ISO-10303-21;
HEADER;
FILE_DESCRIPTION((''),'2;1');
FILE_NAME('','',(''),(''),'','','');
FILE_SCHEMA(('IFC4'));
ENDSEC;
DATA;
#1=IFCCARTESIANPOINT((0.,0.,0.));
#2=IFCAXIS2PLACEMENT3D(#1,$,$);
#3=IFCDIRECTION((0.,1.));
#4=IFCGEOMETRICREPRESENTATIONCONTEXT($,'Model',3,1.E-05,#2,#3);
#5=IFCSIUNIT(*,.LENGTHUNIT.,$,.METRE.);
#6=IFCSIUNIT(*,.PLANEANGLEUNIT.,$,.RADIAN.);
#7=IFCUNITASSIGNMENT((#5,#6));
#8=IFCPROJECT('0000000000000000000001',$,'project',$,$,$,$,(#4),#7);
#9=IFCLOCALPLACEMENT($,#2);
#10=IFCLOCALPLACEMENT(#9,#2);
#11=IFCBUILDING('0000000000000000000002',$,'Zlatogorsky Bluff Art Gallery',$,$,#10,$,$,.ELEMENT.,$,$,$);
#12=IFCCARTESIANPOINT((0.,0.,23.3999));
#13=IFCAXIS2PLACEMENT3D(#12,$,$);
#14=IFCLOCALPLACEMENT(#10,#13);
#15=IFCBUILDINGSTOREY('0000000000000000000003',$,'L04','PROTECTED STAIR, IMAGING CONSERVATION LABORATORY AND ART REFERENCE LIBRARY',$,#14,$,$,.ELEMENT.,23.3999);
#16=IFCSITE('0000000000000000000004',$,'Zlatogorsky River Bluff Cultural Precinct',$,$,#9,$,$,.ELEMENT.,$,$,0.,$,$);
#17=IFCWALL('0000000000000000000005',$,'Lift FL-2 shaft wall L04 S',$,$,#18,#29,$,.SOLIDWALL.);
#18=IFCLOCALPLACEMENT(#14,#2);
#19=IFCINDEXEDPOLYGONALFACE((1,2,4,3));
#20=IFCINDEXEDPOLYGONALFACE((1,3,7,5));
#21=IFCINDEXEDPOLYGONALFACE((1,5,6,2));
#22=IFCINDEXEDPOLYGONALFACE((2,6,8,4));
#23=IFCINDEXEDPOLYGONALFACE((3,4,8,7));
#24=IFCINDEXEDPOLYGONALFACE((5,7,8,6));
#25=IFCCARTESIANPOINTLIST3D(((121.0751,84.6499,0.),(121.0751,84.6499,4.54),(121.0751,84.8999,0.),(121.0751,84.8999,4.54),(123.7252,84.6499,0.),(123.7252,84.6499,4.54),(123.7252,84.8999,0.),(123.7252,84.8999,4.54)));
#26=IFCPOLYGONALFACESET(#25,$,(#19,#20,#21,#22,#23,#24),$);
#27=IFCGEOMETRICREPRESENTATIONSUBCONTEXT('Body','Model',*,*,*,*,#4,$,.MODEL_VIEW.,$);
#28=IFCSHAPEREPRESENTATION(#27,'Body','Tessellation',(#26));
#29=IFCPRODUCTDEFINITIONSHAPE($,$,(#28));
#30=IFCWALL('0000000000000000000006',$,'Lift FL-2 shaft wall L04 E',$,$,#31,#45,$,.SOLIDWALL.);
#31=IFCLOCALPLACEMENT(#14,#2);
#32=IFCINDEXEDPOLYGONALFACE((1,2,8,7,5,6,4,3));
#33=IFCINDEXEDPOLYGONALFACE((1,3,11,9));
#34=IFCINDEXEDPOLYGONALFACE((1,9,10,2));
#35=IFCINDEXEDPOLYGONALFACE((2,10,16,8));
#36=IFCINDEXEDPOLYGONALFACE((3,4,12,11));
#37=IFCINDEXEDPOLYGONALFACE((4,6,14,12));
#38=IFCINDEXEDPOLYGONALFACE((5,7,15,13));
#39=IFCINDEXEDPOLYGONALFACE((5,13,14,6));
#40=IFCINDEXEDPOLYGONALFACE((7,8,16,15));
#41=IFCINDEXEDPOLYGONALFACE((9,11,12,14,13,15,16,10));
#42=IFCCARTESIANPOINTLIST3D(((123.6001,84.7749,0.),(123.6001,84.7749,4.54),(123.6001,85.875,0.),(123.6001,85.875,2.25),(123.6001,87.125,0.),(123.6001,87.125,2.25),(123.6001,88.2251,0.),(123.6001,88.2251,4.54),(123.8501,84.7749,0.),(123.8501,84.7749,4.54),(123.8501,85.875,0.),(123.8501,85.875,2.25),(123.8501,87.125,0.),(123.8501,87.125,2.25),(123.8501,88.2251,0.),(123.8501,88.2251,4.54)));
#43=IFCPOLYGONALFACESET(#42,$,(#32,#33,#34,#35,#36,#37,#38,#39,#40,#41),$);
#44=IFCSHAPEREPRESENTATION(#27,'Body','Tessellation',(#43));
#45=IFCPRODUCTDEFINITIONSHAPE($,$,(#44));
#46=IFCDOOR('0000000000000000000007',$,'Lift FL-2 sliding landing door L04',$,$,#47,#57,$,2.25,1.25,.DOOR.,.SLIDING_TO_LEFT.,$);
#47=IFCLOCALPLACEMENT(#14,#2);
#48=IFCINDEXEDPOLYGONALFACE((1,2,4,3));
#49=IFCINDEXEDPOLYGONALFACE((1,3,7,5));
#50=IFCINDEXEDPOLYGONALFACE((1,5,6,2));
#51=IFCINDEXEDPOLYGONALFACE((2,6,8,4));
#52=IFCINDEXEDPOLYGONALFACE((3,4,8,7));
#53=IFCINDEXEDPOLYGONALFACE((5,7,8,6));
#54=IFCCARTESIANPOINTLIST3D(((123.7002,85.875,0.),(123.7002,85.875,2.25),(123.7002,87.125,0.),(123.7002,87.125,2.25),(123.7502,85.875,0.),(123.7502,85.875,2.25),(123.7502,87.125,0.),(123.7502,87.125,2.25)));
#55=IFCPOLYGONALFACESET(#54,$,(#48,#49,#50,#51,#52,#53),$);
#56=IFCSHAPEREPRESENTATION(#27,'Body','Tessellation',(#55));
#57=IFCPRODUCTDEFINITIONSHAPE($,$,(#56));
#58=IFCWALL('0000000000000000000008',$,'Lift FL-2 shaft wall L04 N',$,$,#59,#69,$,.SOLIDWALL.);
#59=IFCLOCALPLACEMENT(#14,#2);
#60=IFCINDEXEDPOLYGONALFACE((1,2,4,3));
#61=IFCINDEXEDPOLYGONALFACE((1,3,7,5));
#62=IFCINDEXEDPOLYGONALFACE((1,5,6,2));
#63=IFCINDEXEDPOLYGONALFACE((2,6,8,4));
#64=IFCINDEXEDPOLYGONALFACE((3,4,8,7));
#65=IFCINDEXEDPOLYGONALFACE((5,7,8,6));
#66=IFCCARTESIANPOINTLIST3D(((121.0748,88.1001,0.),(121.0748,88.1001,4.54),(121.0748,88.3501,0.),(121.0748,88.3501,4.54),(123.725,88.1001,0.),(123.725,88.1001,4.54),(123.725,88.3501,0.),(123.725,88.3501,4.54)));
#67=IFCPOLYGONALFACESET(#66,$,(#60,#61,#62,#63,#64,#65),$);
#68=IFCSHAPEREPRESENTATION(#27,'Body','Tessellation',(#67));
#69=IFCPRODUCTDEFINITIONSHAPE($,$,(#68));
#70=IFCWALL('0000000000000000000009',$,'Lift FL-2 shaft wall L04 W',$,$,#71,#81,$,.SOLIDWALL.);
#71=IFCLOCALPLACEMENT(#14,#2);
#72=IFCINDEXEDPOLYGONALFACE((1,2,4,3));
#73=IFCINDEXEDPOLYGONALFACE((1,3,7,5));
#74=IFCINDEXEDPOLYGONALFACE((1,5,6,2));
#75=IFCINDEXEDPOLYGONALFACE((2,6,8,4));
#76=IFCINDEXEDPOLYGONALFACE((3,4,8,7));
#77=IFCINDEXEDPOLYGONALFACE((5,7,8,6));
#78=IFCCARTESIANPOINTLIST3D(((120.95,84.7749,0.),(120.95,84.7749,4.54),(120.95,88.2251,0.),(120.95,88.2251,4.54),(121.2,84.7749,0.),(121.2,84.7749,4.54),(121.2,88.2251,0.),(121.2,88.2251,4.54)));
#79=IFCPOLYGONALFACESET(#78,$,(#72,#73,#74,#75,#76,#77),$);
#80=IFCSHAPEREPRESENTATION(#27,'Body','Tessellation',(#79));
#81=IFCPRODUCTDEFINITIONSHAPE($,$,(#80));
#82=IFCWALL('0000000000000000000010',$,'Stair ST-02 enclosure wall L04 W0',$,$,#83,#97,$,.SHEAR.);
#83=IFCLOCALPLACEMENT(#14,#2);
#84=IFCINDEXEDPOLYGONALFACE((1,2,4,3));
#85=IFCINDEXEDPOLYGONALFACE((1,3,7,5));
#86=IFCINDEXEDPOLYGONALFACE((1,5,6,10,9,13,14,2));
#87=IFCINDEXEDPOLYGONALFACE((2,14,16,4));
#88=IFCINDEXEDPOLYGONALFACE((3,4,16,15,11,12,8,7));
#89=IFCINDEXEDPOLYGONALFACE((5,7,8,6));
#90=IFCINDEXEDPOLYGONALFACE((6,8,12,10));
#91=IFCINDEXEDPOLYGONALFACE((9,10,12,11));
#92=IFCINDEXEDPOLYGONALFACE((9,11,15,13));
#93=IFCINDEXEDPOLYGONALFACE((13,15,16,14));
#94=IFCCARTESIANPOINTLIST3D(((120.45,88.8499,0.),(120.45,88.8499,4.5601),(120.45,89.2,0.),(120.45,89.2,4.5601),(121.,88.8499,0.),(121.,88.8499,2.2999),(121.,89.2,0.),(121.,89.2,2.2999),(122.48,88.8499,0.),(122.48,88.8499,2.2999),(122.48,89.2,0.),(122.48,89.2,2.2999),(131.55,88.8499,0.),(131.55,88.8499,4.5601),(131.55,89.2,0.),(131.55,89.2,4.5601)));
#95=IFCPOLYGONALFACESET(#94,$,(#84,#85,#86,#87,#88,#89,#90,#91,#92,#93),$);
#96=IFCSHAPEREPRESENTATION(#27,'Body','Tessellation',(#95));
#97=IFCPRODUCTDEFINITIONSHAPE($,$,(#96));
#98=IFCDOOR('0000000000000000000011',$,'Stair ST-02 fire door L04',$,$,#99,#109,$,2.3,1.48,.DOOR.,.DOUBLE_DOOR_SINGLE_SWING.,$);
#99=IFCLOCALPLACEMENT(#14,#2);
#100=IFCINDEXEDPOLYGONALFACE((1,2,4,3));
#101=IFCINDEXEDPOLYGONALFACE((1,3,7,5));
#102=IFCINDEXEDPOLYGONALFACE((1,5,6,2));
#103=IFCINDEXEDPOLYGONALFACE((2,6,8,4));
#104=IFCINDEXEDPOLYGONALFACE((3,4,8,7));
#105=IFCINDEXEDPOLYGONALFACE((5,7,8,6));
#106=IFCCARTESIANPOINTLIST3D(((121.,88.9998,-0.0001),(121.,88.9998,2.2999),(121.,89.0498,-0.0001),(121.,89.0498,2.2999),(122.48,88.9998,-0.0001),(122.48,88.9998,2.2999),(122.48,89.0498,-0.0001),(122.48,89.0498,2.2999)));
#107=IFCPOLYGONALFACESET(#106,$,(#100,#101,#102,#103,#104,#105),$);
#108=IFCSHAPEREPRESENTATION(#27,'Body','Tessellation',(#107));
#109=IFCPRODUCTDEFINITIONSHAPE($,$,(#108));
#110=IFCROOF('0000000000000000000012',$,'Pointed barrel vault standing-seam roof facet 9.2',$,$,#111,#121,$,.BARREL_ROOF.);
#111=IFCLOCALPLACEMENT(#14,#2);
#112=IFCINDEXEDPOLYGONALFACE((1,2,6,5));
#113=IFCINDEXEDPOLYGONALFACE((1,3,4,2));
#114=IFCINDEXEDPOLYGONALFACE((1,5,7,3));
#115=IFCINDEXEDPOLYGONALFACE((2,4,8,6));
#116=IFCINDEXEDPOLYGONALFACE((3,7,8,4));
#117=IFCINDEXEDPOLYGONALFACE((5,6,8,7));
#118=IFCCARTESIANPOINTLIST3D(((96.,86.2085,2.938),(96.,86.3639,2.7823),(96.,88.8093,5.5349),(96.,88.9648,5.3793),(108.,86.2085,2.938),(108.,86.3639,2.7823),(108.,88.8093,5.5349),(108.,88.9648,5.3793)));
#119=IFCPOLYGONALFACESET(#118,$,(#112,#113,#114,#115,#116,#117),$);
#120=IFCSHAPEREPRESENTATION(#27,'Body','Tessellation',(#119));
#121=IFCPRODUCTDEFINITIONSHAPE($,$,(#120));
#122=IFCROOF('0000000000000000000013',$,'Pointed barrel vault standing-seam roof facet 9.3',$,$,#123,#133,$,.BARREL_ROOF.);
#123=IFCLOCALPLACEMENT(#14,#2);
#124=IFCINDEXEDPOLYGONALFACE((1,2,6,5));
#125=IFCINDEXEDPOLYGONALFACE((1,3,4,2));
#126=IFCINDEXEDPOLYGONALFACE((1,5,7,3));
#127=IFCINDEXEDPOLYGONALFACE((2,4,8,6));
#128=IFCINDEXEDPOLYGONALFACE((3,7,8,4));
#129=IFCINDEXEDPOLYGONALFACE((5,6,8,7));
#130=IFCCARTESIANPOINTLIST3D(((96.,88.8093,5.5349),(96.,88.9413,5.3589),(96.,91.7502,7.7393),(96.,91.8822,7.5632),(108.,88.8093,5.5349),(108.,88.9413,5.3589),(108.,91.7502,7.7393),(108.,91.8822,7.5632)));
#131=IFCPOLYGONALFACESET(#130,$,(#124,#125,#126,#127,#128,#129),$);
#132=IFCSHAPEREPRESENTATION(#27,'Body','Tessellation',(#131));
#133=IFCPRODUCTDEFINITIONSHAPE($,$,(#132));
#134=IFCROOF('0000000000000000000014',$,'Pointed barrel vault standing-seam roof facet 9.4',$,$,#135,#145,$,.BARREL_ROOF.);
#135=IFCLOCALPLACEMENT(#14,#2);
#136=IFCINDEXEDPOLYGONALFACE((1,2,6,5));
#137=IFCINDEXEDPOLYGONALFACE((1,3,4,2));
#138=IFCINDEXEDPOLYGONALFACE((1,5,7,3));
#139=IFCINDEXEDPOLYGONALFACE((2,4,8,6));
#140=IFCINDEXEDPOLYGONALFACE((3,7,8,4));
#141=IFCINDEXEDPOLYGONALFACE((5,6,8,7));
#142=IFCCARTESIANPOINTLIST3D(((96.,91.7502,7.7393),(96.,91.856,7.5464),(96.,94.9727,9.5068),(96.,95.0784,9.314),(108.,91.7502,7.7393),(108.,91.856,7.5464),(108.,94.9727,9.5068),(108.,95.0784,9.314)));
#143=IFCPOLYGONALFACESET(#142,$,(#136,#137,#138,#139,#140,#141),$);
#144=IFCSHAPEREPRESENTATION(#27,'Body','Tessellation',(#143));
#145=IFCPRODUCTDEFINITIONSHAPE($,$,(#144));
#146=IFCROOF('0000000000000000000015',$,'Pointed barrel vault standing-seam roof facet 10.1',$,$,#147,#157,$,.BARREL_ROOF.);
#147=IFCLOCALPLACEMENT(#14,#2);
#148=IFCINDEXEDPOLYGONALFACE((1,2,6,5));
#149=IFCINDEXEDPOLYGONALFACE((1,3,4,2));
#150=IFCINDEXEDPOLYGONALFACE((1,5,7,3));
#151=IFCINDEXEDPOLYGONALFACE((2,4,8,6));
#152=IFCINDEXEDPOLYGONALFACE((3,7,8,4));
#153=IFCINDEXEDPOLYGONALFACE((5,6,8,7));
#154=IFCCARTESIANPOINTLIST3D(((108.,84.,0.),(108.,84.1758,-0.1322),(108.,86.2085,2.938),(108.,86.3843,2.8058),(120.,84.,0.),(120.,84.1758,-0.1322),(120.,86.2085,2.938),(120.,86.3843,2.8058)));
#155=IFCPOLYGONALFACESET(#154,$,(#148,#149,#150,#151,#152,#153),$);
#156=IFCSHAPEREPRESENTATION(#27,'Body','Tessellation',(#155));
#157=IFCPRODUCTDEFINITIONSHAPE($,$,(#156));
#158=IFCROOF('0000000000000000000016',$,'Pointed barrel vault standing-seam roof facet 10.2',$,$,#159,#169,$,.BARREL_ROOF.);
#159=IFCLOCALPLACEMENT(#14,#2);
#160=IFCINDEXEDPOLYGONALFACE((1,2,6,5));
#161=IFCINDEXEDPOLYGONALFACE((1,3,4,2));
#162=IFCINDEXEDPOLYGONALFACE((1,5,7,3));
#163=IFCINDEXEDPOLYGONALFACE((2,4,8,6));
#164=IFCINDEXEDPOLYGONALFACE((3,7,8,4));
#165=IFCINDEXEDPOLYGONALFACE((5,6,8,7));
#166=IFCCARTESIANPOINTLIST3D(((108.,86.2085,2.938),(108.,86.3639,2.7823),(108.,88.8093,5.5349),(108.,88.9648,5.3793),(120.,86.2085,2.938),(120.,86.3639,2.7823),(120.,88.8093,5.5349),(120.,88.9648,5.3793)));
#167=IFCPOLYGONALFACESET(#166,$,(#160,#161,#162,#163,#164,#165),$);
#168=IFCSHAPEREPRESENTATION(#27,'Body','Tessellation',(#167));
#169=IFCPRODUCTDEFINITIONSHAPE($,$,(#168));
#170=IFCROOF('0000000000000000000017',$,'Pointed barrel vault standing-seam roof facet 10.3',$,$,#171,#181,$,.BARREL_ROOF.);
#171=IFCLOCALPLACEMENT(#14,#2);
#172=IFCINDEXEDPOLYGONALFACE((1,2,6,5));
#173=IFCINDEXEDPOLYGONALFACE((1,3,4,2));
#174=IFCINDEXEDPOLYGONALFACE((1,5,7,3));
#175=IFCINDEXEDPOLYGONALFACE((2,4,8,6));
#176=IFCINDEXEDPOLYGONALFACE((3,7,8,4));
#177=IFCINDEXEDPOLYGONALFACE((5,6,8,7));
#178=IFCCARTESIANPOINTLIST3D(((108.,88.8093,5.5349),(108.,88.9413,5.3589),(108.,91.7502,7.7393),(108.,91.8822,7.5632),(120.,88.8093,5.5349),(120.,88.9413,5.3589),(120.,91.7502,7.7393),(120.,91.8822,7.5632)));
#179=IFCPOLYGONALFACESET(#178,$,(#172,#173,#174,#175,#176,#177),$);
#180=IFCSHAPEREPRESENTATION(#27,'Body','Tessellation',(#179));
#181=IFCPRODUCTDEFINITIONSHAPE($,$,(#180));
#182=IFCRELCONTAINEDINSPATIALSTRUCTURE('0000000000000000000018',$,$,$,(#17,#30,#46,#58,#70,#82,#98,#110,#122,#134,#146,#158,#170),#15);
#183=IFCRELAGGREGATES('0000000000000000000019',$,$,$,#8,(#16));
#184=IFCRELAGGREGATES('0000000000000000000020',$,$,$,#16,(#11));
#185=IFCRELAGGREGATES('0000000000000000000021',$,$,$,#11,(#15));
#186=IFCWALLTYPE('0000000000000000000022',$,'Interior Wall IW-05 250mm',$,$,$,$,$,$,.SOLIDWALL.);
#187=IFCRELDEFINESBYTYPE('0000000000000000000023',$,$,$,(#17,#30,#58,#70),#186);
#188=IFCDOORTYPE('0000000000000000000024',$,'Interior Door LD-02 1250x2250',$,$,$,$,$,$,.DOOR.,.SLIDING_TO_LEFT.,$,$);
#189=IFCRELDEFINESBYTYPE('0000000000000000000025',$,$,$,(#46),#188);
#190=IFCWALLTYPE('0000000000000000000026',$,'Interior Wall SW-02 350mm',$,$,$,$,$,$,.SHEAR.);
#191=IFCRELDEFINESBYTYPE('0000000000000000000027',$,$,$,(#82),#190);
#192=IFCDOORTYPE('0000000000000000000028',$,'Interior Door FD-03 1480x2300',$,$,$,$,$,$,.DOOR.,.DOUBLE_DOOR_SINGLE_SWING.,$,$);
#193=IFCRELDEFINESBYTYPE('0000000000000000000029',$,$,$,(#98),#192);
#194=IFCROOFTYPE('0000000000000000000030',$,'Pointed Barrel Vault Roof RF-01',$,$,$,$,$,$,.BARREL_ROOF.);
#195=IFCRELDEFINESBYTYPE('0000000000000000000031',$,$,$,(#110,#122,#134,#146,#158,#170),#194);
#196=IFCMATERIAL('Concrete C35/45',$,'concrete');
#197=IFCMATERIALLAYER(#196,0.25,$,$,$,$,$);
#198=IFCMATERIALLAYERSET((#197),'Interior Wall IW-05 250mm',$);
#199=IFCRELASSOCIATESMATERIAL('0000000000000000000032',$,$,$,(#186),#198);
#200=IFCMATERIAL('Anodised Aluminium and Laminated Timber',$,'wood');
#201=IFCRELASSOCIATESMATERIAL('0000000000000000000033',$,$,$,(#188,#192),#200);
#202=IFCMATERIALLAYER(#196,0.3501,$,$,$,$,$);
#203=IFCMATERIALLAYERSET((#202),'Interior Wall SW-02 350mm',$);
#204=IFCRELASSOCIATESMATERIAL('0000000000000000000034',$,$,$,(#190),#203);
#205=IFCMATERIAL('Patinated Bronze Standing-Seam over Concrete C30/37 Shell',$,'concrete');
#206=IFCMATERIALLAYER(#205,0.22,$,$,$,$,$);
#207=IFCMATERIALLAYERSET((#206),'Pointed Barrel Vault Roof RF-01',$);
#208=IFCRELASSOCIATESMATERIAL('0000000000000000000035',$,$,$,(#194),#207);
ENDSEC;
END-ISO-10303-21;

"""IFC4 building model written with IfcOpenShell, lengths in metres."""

from ifc_helpers import new_model, si_unit, direction, frame, frame_2d, origin, place, context, subcontext, project, spatial, polyline, rectangle, outline, extrude, material, layer, layer_set, type_object, element, fill, save


model = new_model("IFC4")

# Units and contexts
model_context = context("Model", 3, precision=1e-05, world=origin(), true_north=direction((0.0, 1.0)))
body_context = subcontext(model_context, "Body", "Model", "MODEL_VIEW")
ifc_project = project(units=[si_unit("LENGTHUNIT", "METRE"), si_unit("PLANEANGLEUNIT", "RADIAN")], contexts=[model_context])

# Site, building, storey
site_placement = place(None, origin())
site = spatial("IfcSite", under=ifc_project, at=site_placement, Name="Zlatogorsky River Bluff Cultural Precinct", CompositionType="ELEMENT", RefElevation=0.0)
building_placement = place(site_placement, origin())
building = spatial("IfcBuilding", under=site, at=building_placement, Name="Zlatogorsky Bluff Art Gallery", CompositionType="ELEMENT")
storey_placement = place(building_placement, frame((0.0, 0.0, 23.3999)))
storey = spatial("IfcBuildingStorey", under=building, at=storey_placement, Name="L04", Description="PROTECTED STAIR, IMAGING CONSERVATION LABORATORY AND ART REFERENCE LIBRARY", CompositionType="ELEMENT", Elevation=23.3999)

# Wall
ifc_material_1 = material(Name="Concrete C35/45", Category="concrete")
ifc_layer_1 = layer(ifc_material_1, 0.25)
ifc_layer_set_1 = layer_set([ifc_layer_1], Name="Interior Wall IW-05 250mm")
wall_type_1 = type_object("IfcWallType", Name="Interior Wall IW-05 250mm", PredefinedType="SOLIDWALL", material=ifc_layer_set_1)
wall_1_placement = place(storey_placement, frame((121.075, 84.7749, 0.0), z_axis=(0.0, 0.0, 1.0), x_axis=(1.0, 0.0, 0.0)))
element("IfcWall", 1, at=wall_1_placement, inside=storey, type_object=wall_type_1, Name="Lift FL-2 shaft wall L04 S", PredefinedType="SOLIDWALL", context=body_context, shape_type="SweptSolid", body=[
    extrude(rectangle(XDim=2.6501, YDim=0.25, at=frame_2d((1.3252, 0.0))), origin(), (0.0, 0.0, 1.0), 4.54),
])

# Wall, opening, door
wall_2_placement = place(storey_placement, frame((123.7251, 84.7749, 0.0), z_axis=(0.0, 0.0, 1.0), x_axis=(0.0, 1.0, 0.0)))
wall_2 = element("IfcWall", 2, at=wall_2_placement, inside=storey, type_object=wall_type_1, Name="Lift FL-2 shaft wall L04 E", PredefinedType="SOLIDWALL", context=body_context, shape_type="SweptSolid", body=[
    extrude(rectangle(XDim=3.4502, YDim=0.25, at=frame_2d((1.7251, 0.0))), origin(), (0.0, 0.0, 1.0), 4.54),
])
opening_1_placement = place(wall_2_placement, frame((1.1001, 0.0, 0.0)))
opening_1 = element("IfcOpeningElement", 3, at=opening_1_placement, cuts=wall_2, PredefinedType="OPENING", context=body_context, shape_type="SweptSolid", body=[
    extrude(rectangle(XDim=1.25, YDim=2.25, at=frame_2d((0.625, 1.125))), frame((0.0, 0.135, 0.0), z_axis=(0.0, -1.0, 0.0), x_axis=(1.0, 0.0, 0.0)), (0.0, 0.0, 1.0), 0.27),
])
ifc_material_2 = material(Name="Anodised Aluminium and Laminated Timber", Category="wood")
door_type_1 = type_object("IfcDoorType", Name="Interior Door LD-02 1250x2250", OperationType="SLIDING_TO_LEFT", PredefinedType="DOOR", material=ifc_material_2)
door_1_placement = place(opening_1_placement, origin())
door_1 = element("IfcDoor", 4, at=door_1_placement, inside=storey, type_object=door_type_1, Name="Lift FL-2 sliding landing door L04", OperationType="SLIDING_TO_LEFT", OverallHeight=2.25, OverallWidth=1.25, PredefinedType="DOOR", context=body_context, shape_type="SweptSolid", body=[
    extrude(rectangle(XDim=1.25, YDim=2.25, at=frame_2d((0.625, 1.125))), frame((0.0, 0.0249, 0.0), z_axis=(0.0, -1.0, 0.0), x_axis=(1.0, 0.0, 0.0)), (0.0, 0.0, 1.0), 0.05),
])
fill(opening_1, door_1)

# Walls
wall_3_placement = place(storey_placement, frame((123.7251, 88.2251, 0.0), z_axis=(0.0, 0.0, 1.0), x_axis=(-1.0, 0.0, 0.0)))
element("IfcWall", 5, at=wall_3_placement, inside=storey, type_object=wall_type_1, Name="Lift FL-2 shaft wall L04 N", PredefinedType="SOLIDWALL", context=body_context, shape_type="SweptSolid", body=[
    extrude(rectangle(XDim=2.6501, YDim=0.25, at=frame_2d((1.3252, 0.0))), origin(), (0.0, 0.0, 1.0), 4.54),
])
wall_4_placement = place(storey_placement, frame((121.075, 88.2251, 0.0), z_axis=(0.0, 0.0, 1.0), x_axis=(0.0, -1.0, 0.0)))
element("IfcWall", 6, at=wall_4_placement, inside=storey, type_object=wall_type_1, Name="Lift FL-2 shaft wall L04 W", PredefinedType="SOLIDWALL", context=body_context, shape_type="SweptSolid", body=[
    extrude(rectangle(XDim=3.4502, YDim=0.25, at=frame_2d((1.7251, 0.0))), origin(), (0.0, 0.0, 1.0), 4.54),
])

# Wall, opening, door
ifc_layer_2 = layer(ifc_material_1, 0.3501)
ifc_layer_set_2 = layer_set([ifc_layer_2], Name="Interior Wall SW-02 350mm")
wall_type_2 = type_object("IfcWallType", Name="Interior Wall SW-02 350mm", PredefinedType="SHEAR", material=ifc_layer_set_2)
wall_5_placement = place(storey_placement, frame((120.45, 89.0249, 0.0), z_axis=(0.0, 0.0, 1.0), x_axis=(1.0, 0.0, 0.0)))
wall_5 = element("IfcWall", 7, at=wall_5_placement, inside=storey, type_object=wall_type_2, Name="Stair ST-02 enclosure wall L04 W0", PredefinedType="SHEAR", context=body_context, shape_type="SweptSolid", body=[
    extrude(rectangle(XDim=11.1001, YDim=0.3501, at=frame_2d((5.55, 0.0))), origin(), (0.0, 0.0, 1.0), 4.5601),
])
opening_2_placement = place(wall_5_placement, frame((0.55, 0.0, 0.0)))
opening_2 = element("IfcOpeningElement", 8, at=opening_2_placement, cuts=wall_5, PredefinedType="OPENING", context=body_context, shape_type="SweptSolid", body=[
    extrude(rectangle(XDim=1.48, YDim=2.3, at=frame_2d((0.74, 1.1499))), frame((0.0, 0.1851, 0.0), z_axis=(0.0, -1.0, 0.0), x_axis=(1.0, 0.0, 0.0)), (0.0, 0.0, 1.0), 0.3701),
])
door_type_2 = type_object("IfcDoorType", Name="Interior Door FD-03 1480x2300", OperationType="DOUBLE_DOOR_SINGLE_SWING", PredefinedType="DOOR", material=ifc_material_2)
door_2_placement = place(opening_2_placement, origin())
door_2 = element("IfcDoor", 9, at=door_2_placement, inside=storey, type_object=door_type_2, Name="Stair ST-02 fire door L04", OperationType="DOUBLE_DOOR_SINGLE_SWING", OverallHeight=2.3, OverallWidth=1.48, PredefinedType="DOOR", context=body_context, shape_type="SweptSolid", body=[
    extrude(rectangle(XDim=1.48, YDim=2.3, at=frame_2d((0.74, 1.1499))), frame((0.0, 0.0249, 0.0), z_axis=(0.0, -1.0, 0.0), x_axis=(1.0, 0.0, 0.0)), (0.0, 0.0, 1.0), 0.05),
])
fill(opening_2, door_2)

# Roofs
ifc_material_3 = material(Name="Patinated Bronze Standing-Seam over Concrete C30/37 Shell", Category="concrete")
ifc_layer_3 = layer(ifc_material_3, 0.22)
ifc_layer_set_3 = layer_set([ifc_layer_3], Name="Pointed Barrel Vault Roof RF-01")
roof_type = type_object("IfcRoofType", Name="Pointed Barrel Vault Roof RF-01", PredefinedType="BARREL_ROOF", material=ifc_layer_set_3)
roof_1_placement = place(storey_placement, frame((96.0, 86.2085, 2.938), z_axis=(0.0, -0.706575, 0.707638), x_axis=(1.0, 0.0, 0.0)))
element("IfcRoof", 10, at=roof_1_placement, inside=storey, type_object=roof_type, Name="Pointed barrel vault standing-seam roof facet 9.2", PredefinedType="BARREL_ROOF", context=body_context, shape_type="SweptSolid", body=[
    extrude(outline(polyline([(0.0, 0.0), (12.0, 0.0), (12.0, 3.6754), (0.0, 3.6754), (0.0, 0.0)])), origin(), (0.0, 0.0, -1.0), 0.22),
])
roof_2_placement = place(storey_placement, frame((96.0, 88.8093, 5.5349), z_axis=(0.0, -0.599766, 0.800175), x_axis=(1.0, 0.0, 0.0)))
element("IfcRoof", 11, at=roof_2_placement, inside=storey, type_object=roof_type, Name="Pointed barrel vault standing-seam roof facet 9.3", PredefinedType="BARREL_ROOF", context=body_context, shape_type="SweptSolid", body=[
    extrude(outline(polyline([(0.0, 0.0), (12.0, 0.0), (12.0, 3.6753), (0.0, 3.6753), (0.0, 0.0)])), origin(), (0.0, 0.0, -1.0), 0.22),
])
roof_3_placement = place(storey_placement, frame((96.0, 91.7502, 7.7393), z_axis=(0.0, -0.480927, 0.876761), x_axis=(1.0, 0.0, 0.0)))
element("IfcRoof", 12, at=roof_3_placement, inside=storey, type_object=roof_type, Name="Pointed barrel vault standing-seam roof facet 9.4", PredefinedType="BARREL_ROOF", context=body_context, shape_type="SweptSolid", body=[
    extrude(outline(polyline([(0.0, 0.0), (12.0, 0.0), (12.0, 3.6754), (0.0, 3.6754), (0.0, 0.0)])), origin(), (0.0, 0.0, -1.0), 0.22),
])
roof_4_placement = place(storey_placement, frame((108.0, 84.0, 0.0), z_axis=(0.0, -0.799346, 0.600871), x_axis=(1.0, 0.0, 0.0)))
element("IfcRoof", 13, at=roof_4_placement, inside=storey, type_object=roof_type, Name="Pointed barrel vault standing-seam roof facet 10.1", PredefinedType="BARREL_ROOF", context=body_context, shape_type="SweptSolid", body=[
    extrude(outline(polyline([(0.0, 0.0), (12.0, 0.0), (12.0, 3.6755), (0.0, 3.6755), (0.0, 0.0)])), origin(), (0.0, 0.0, -1.0), 0.22),
])
roof_5_placement = place(storey_placement, frame((108.0, 86.2085, 2.938), z_axis=(0.0, -0.706575, 0.707638), x_axis=(1.0, 0.0, 0.0)))
element("IfcRoof", 14, at=roof_5_placement, inside=storey, type_object=roof_type, Name="Pointed barrel vault standing-seam roof facet 10.2", PredefinedType="BARREL_ROOF", context=body_context, shape_type="SweptSolid", body=[
    extrude(outline(polyline([(0.0, 0.0), (12.0, 0.0), (12.0, 3.6754), (0.0, 3.6754), (0.0, 0.0)])), origin(), (0.0, 0.0, -1.0), 0.22),
])
roof_6_placement = place(storey_placement, frame((108.0, 88.8093, 5.5349), z_axis=(0.0, -0.599766, 0.800175), x_axis=(1.0, 0.0, 0.0)))
element("IfcRoof", 15, at=roof_6_placement, inside=storey, type_object=roof_type, Name="Pointed barrel vault standing-seam roof facet 10.3", PredefinedType="BARREL_ROOF", context=body_context, shape_type="SweptSolid", body=[
    extrude(outline(polyline([(0.0, 0.0), (12.0, 0.0), (12.0, 3.6753), (0.0, 3.6753), (0.0, 0.0)])), origin(), (0.0, 0.0, -1.0), 0.22),
])

save(model, "model.ifc")
